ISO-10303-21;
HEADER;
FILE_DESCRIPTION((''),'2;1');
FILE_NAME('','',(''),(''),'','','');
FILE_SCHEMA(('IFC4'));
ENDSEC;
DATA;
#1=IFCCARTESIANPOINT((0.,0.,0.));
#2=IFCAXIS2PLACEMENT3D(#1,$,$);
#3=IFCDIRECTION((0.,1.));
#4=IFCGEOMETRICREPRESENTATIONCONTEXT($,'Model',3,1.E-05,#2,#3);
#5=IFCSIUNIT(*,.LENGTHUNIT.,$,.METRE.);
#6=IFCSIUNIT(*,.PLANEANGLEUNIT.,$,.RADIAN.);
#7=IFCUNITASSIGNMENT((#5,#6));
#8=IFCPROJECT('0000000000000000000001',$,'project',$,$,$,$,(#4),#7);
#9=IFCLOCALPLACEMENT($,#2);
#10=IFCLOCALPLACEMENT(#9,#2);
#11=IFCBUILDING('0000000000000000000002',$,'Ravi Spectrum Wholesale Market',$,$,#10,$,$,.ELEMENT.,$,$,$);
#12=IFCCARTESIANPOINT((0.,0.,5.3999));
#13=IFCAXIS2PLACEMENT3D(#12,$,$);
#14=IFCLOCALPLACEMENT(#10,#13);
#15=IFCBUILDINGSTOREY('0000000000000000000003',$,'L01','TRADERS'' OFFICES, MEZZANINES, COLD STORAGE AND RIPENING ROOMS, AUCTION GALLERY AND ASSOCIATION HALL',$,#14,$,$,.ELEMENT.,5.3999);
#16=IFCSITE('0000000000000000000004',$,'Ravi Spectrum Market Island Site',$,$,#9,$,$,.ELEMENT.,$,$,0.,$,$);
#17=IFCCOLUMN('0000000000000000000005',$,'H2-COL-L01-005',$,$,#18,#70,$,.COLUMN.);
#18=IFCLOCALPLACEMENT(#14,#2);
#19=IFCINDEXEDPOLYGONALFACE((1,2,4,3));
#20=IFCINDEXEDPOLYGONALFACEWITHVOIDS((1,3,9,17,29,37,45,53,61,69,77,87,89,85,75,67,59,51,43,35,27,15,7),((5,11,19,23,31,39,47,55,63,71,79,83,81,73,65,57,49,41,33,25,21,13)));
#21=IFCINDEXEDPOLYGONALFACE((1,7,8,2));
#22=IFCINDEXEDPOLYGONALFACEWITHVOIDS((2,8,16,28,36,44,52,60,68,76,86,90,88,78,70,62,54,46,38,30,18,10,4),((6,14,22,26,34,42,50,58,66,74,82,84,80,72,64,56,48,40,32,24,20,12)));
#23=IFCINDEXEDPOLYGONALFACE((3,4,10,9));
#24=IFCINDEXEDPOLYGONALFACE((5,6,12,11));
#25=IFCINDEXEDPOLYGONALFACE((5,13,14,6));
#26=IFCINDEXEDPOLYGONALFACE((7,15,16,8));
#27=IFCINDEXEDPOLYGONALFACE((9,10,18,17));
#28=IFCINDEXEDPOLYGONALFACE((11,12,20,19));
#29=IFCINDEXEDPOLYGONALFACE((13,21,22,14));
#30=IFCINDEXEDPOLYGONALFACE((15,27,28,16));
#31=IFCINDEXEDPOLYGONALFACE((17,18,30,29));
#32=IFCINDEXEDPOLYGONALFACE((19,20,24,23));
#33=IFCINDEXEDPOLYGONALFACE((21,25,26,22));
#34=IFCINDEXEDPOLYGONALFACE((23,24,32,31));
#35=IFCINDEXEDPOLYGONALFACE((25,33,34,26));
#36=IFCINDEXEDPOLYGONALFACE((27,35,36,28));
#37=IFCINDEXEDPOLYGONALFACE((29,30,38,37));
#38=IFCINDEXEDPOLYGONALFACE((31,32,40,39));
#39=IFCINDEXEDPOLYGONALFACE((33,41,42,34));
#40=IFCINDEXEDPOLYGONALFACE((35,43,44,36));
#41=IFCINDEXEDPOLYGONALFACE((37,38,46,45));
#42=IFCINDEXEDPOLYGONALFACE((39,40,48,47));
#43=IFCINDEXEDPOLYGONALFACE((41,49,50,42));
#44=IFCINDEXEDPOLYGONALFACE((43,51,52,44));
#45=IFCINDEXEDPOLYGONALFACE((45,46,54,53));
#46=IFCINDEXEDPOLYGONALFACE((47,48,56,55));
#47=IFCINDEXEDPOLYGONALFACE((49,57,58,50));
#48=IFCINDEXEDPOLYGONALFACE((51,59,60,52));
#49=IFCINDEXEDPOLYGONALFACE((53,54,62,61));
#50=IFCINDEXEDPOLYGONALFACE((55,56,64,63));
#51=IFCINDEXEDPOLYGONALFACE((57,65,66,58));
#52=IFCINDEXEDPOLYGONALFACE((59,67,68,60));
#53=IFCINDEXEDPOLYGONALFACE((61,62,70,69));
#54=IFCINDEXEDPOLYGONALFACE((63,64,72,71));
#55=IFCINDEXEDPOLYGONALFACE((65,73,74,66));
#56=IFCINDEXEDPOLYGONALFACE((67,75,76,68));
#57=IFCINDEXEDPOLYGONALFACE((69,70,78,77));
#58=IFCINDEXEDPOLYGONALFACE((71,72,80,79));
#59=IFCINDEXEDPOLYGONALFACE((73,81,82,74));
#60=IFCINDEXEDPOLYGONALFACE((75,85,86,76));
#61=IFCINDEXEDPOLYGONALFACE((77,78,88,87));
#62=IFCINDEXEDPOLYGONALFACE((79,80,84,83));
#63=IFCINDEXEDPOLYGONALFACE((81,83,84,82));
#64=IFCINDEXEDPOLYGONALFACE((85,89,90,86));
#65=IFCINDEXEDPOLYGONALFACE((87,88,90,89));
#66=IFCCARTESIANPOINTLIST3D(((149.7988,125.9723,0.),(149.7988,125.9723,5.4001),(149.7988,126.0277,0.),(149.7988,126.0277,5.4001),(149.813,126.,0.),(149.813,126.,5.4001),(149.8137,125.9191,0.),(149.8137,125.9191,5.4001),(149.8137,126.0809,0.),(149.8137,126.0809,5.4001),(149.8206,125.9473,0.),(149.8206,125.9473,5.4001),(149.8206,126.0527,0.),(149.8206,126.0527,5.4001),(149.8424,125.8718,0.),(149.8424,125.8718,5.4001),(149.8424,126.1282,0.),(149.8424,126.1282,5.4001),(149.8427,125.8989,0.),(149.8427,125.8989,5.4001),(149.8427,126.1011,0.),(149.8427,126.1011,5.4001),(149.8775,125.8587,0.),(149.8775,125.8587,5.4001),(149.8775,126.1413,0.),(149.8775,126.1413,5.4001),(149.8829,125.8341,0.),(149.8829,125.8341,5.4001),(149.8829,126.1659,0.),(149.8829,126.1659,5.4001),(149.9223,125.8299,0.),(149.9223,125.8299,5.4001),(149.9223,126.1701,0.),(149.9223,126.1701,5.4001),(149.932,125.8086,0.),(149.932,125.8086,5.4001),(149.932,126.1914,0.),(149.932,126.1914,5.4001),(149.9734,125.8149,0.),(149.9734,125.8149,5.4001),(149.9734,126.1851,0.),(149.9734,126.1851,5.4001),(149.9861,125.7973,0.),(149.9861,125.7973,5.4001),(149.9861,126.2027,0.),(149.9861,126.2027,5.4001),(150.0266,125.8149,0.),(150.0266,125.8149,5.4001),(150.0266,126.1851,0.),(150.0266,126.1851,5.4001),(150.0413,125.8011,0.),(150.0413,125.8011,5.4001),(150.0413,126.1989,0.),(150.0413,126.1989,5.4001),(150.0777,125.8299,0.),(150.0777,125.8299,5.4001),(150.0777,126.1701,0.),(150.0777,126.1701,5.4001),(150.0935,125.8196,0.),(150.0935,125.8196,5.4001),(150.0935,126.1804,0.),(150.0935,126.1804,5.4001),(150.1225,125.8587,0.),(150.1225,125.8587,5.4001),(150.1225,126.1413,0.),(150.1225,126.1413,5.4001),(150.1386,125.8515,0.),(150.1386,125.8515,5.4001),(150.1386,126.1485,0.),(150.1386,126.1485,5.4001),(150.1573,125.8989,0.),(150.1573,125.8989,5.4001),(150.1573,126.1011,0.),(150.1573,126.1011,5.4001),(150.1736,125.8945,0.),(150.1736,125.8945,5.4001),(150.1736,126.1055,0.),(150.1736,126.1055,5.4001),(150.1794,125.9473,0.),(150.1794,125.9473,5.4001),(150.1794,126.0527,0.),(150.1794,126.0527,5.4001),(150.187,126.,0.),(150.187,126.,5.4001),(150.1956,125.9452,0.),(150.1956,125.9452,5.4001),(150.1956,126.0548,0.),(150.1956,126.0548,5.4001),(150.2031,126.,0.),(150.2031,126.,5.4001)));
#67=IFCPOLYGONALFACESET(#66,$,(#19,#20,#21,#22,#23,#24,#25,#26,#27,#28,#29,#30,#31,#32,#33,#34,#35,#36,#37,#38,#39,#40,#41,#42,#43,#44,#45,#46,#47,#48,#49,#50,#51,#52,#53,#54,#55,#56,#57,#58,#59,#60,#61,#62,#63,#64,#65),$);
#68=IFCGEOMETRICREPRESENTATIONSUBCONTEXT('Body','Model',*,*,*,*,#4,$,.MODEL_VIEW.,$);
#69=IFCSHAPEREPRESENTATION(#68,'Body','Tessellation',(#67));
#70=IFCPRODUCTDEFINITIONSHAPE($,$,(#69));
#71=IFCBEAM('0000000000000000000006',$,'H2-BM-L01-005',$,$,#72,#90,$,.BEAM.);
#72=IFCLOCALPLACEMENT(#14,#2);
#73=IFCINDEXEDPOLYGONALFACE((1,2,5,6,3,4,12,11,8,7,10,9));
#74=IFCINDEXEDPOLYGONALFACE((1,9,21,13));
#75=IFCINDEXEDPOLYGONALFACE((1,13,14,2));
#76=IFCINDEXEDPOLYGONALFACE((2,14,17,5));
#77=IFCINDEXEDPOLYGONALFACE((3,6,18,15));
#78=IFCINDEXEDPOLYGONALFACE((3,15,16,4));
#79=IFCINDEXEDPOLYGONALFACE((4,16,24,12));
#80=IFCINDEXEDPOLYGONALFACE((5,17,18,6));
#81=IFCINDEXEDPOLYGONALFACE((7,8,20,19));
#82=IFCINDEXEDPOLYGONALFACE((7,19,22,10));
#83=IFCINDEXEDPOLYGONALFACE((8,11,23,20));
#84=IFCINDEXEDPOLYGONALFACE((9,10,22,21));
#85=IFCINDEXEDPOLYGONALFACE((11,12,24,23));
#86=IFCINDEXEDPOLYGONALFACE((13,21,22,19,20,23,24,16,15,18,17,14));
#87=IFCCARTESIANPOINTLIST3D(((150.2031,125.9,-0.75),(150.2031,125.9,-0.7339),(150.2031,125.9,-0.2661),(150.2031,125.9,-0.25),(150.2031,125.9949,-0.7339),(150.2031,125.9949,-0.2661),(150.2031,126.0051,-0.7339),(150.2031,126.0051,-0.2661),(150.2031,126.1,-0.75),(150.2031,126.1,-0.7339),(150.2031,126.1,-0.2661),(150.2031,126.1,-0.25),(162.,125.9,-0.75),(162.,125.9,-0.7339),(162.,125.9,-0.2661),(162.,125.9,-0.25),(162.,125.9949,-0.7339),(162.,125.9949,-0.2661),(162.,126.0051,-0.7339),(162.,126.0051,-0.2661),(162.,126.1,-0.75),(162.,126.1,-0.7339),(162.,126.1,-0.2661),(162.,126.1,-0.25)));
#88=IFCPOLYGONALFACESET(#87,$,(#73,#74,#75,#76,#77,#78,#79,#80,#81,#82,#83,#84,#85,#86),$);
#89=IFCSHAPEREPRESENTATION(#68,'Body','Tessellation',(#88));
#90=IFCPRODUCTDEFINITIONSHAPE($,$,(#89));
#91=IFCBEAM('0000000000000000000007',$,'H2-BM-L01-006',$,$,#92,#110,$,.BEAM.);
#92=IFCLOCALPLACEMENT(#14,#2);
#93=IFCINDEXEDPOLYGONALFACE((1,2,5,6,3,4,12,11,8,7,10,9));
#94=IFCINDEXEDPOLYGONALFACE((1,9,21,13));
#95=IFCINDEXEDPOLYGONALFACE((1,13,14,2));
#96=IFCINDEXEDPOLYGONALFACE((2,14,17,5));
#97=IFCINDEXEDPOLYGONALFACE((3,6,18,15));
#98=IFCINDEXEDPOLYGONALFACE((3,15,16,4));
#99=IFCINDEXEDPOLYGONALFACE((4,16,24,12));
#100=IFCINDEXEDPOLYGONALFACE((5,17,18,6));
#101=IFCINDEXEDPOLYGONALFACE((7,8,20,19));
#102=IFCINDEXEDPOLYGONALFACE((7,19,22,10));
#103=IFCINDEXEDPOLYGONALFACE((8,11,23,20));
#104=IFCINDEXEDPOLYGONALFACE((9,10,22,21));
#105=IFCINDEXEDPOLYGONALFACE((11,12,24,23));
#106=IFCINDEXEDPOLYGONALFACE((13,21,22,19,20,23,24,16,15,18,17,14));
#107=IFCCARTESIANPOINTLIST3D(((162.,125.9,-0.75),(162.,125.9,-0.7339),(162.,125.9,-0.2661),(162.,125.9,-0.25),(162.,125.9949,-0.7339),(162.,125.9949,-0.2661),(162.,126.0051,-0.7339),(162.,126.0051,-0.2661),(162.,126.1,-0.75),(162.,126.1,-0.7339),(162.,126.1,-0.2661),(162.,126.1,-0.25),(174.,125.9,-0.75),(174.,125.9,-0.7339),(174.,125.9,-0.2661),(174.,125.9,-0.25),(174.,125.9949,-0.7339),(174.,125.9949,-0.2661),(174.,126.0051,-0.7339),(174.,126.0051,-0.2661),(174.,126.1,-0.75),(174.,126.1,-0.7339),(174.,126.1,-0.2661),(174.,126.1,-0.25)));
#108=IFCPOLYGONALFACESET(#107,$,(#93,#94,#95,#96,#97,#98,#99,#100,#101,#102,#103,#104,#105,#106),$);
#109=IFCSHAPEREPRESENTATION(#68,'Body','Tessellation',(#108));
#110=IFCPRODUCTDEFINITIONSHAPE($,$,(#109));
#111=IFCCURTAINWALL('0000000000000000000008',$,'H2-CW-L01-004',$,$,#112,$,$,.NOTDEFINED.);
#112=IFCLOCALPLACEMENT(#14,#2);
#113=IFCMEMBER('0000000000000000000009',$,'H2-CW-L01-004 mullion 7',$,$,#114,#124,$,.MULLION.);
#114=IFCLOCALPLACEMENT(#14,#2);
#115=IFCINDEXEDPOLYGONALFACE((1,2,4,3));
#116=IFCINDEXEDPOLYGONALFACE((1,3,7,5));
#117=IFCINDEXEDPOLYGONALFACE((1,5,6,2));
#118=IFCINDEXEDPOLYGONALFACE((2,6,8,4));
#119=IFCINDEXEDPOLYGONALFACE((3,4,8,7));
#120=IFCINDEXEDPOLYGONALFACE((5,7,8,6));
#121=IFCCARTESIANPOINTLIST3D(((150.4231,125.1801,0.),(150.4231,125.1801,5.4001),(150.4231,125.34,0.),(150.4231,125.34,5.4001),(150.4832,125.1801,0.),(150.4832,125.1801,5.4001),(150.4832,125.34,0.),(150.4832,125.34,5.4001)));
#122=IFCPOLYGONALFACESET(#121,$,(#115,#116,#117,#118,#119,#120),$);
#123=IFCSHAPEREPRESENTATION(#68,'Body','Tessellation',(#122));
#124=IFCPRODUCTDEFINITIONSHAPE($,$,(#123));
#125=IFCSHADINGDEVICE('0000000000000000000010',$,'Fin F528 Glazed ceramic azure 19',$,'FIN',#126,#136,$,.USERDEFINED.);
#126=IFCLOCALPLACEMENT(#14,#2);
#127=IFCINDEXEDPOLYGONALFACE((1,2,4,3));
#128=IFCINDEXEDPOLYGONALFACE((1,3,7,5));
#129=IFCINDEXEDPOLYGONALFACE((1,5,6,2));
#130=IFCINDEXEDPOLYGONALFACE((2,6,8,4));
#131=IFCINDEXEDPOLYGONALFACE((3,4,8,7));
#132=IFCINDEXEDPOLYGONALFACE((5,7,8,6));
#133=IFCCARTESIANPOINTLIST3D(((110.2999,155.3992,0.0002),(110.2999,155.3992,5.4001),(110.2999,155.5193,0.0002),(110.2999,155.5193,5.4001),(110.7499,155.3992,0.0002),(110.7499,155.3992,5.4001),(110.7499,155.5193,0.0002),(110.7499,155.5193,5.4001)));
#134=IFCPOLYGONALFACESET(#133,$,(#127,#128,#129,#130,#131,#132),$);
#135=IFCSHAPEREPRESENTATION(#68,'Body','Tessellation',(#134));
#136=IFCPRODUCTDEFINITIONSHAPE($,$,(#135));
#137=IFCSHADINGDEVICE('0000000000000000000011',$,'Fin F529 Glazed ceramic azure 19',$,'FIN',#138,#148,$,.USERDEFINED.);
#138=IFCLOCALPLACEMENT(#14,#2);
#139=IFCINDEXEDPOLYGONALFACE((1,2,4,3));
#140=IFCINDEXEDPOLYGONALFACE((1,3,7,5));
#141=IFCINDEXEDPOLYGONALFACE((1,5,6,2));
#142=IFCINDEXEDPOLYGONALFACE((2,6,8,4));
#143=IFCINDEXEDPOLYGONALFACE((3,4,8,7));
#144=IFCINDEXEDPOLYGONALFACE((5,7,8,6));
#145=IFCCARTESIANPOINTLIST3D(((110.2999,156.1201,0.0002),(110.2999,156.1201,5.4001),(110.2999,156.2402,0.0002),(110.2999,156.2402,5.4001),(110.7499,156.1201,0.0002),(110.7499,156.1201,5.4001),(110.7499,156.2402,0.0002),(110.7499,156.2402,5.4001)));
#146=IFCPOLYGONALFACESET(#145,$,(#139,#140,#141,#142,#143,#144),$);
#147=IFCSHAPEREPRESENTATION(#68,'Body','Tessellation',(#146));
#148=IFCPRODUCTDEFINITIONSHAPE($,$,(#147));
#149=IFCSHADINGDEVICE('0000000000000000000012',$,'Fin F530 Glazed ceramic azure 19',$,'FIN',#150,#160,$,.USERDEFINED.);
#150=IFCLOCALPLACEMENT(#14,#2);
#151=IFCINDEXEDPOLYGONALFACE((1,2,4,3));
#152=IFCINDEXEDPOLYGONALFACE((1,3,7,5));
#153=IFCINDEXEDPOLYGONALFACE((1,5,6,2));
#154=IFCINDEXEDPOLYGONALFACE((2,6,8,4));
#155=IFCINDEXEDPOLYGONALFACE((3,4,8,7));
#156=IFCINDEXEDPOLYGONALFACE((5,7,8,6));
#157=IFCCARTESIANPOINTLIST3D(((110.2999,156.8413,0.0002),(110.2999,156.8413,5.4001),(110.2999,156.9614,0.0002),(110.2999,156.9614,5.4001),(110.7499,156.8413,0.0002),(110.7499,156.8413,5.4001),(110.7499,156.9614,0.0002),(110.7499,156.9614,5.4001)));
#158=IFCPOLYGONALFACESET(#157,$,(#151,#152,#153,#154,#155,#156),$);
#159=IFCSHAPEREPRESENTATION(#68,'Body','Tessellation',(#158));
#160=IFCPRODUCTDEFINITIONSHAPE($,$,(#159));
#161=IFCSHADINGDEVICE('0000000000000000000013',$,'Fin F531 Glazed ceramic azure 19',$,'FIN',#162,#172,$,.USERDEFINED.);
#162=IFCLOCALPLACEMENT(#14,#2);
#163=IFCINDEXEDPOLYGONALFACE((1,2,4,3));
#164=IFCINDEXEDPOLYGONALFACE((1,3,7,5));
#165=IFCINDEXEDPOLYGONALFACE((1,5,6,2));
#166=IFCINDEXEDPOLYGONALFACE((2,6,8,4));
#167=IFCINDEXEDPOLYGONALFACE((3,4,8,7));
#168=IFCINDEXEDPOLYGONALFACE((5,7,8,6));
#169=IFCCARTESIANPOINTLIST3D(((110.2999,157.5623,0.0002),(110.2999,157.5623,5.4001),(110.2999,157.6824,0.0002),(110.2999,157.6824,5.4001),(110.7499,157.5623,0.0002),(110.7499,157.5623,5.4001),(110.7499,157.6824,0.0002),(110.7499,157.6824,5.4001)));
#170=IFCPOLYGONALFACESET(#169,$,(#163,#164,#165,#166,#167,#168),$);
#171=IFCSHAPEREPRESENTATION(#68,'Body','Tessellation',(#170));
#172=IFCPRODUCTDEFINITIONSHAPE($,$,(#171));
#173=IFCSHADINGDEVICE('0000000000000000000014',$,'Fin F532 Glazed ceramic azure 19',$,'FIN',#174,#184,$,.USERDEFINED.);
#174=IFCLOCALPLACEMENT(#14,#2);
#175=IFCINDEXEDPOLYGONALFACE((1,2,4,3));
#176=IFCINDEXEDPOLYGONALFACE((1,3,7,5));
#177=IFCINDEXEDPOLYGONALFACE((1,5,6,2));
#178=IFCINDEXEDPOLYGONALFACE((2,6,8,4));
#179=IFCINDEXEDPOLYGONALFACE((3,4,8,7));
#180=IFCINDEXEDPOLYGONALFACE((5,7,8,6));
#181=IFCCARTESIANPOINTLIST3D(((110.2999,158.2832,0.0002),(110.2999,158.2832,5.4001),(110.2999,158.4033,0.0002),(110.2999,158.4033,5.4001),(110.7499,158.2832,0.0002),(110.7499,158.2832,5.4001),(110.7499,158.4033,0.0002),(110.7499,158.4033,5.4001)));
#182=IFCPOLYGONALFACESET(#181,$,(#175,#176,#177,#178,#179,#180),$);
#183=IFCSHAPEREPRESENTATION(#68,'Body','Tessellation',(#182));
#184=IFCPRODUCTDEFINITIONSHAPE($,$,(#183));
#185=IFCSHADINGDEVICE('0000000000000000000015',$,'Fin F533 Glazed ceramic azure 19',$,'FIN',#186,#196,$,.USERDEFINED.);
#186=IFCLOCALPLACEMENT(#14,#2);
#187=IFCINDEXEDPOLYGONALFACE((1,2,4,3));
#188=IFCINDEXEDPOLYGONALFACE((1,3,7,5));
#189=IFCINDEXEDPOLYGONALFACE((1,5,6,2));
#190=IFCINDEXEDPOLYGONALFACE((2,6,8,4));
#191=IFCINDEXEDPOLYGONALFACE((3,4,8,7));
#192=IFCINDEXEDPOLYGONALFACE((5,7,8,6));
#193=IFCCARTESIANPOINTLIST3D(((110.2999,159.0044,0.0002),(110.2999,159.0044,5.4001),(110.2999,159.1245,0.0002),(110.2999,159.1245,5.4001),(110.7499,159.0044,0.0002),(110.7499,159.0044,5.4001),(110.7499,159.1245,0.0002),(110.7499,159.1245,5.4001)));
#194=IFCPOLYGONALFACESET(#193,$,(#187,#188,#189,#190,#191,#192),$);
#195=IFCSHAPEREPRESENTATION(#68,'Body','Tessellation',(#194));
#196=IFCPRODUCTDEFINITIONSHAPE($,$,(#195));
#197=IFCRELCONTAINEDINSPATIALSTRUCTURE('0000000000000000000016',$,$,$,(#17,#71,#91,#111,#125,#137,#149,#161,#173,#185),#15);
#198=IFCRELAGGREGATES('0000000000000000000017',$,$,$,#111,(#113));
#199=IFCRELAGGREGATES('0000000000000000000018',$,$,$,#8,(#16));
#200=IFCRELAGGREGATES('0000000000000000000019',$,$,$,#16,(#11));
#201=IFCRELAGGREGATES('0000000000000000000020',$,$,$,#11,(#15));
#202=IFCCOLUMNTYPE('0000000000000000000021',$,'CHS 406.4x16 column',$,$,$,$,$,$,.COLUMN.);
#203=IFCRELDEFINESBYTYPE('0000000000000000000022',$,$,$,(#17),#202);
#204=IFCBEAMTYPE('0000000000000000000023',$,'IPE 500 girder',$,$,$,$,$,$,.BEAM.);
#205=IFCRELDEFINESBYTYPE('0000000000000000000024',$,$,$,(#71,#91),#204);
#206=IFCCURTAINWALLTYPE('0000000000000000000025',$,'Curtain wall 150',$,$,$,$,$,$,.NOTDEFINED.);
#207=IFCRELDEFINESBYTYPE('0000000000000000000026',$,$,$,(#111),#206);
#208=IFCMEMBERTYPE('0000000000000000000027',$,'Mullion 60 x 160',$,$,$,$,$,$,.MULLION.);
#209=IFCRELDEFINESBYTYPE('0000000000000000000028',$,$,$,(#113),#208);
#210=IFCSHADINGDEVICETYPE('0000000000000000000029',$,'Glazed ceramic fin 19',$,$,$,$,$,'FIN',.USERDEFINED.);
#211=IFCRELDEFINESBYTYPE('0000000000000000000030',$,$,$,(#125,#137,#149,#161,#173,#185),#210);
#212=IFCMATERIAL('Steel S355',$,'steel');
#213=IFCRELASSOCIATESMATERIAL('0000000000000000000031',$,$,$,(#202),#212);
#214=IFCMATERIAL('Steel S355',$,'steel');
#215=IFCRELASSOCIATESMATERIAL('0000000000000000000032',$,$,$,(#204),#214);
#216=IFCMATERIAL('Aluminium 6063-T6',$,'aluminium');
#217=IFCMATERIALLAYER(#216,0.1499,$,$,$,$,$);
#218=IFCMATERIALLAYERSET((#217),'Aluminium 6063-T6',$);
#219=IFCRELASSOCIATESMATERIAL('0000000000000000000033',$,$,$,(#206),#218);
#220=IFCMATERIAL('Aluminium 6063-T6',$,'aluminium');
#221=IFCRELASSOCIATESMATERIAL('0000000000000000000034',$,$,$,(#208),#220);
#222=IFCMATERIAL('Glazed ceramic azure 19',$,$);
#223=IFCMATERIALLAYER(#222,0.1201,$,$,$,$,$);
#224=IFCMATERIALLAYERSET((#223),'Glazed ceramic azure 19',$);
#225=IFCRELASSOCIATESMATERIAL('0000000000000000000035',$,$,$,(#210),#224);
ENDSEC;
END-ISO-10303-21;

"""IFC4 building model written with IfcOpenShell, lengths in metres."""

from ifc_helpers import new_model, si_unit, direction, frame, origin, origin_2d, place, context, subcontext, project, spatial, rectangle, hollow_circle, i_section, extrude, material, layer, layer_set, material_profile, profile_set, type_object, element, aggregate, save


model = new_model("IFC4")

# Units and contexts
model_context = context("Model", 3, precision=1e-05, world=origin(), true_north=direction((0.0, 1.0)))
body_context = subcontext(model_context, "Body", "Model", "MODEL_VIEW")
ifc_project = project(units=[si_unit("LENGTHUNIT", "METRE"), si_unit("PLANEANGLEUNIT", "RADIAN")], contexts=[model_context])

# Site, building, storey
site_placement = place(None, origin())
site = spatial("IfcSite", under=ifc_project, at=site_placement, Name="Ravi Spectrum Market Island Site", CompositionType="ELEMENT", RefElevation=0.0)
building_placement = place(site_placement, origin())
building = spatial("IfcBuilding", under=site, at=building_placement, Name="Ravi Spectrum Wholesale Market", CompositionType="ELEMENT")
storey_placement = place(building_placement, frame((0.0, 0.0, 5.3999)))
storey = spatial("IfcBuildingStorey", under=building, at=storey_placement, Name="L01", Description="TRADERS' OFFICES, MEZZANINES, COLD STORAGE AND RIPENING ROOMS, AUCTION GALLERY AND ASSOCIATION HALL", CompositionType="ELEMENT", Elevation=5.3999)

# Column
ifc_material_1 = material(Name="Steel S355", Category="steel")
ifc_material_profile_1 = material_profile(ifc_material_1, hollow_circle(Radius=0.2031, WallThickness=0.0161, at=origin_2d()))
ifc_profile_set_1 = profile_set([ifc_material_profile_1], Name="Steel S355")
column_type = type_object("IfcColumnType", Name="CHS 406.4x16 column", PredefinedType="COLUMN", material=ifc_profile_set_1)
column_placement = place(storey_placement, frame((150.0, 126.0, 0.0), z_axis=(0.0, 0.0, 1.0), x_axis=(1.0, 0.0, 0.0)))
element("IfcColumn", 1, at=column_placement, inside=storey, type_object=column_type, Name="H2-COL-L01-005", PredefinedType="COLUMN", context=body_context, shape_type="SweptSolid", body=[
    extrude(hollow_circle(Radius=0.2031, WallThickness=0.0161, at=origin_2d()), origin(), (0.0, 0.0, 1.0), 5.4001),
])

# Beams
ifc_material_2 = material(Name="Steel S355", Category="steel")
ifc_material_profile_2 = material_profile(ifc_material_2, i_section(OverallWidth=0.2, OverallDepth=0.5, WebThickness=0.0103, FlangeThickness=0.0161, at=origin_2d()))
ifc_profile_set_2 = profile_set([ifc_material_profile_2], Name="Steel S355")
beam_type = type_object("IfcBeamType", Name="IPE 500 girder", PredefinedType="BEAM", material=ifc_profile_set_2)
beam_1_placement = place(storey_placement, frame((150.2031, 126.0, -0.5), z_axis=(1.0, 0.0, 0.0), x_axis=(0.0, 1.0, 0.0)))
element("IfcBeam", 2, at=beam_1_placement, inside=storey, type_object=beam_type, Name="H2-BM-L01-005", PredefinedType="BEAM", context=body_context, shape_type="SweptSolid", body=[
    extrude(i_section(OverallWidth=0.2, OverallDepth=0.5, WebThickness=0.0103, FlangeThickness=0.0161, at=origin_2d()), origin(), (0.0, 0.0, 1.0), 11.7969),
])
beam_2_placement = place(storey_placement, frame((162.0, 126.0, -0.5), z_axis=(1.0, 0.0, 0.0), x_axis=(0.0, 1.0, 0.0)))
element("IfcBeam", 3, at=beam_2_placement, inside=storey, type_object=beam_type, Name="H2-BM-L01-006", PredefinedType="BEAM", context=body_context, shape_type="SweptSolid", body=[
    extrude(i_section(OverallWidth=0.2, OverallDepth=0.5, WebThickness=0.0103, FlangeThickness=0.0161, at=origin_2d()), origin(), (0.0, 0.0, 1.0), 12.0),
])

# Curtain wall, member
ifc_material_3 = material(Name="Aluminium 6063-T6", Category="aluminium")
ifc_layer_1 = layer(ifc_material_3, 0.1499)
ifc_layer_set_1 = layer_set([ifc_layer_1], Name="Aluminium 6063-T6")
curtain_wall_type = type_object("IfcCurtainWallType", Name="Curtain wall 150", PredefinedType="NOTDEFINED", material=ifc_layer_set_1)
curtain_wall_placement = place(storey_placement, origin())
curtain_wall = element("IfcCurtainWall", 4, at=curtain_wall_placement, inside=storey, type_object=curtain_wall_type, Name="H2-CW-L01-004", PredefinedType="NOTDEFINED")
ifc_material_4 = material(Name="Aluminium 6063-T6", Category="aluminium")
ifc_material_profile_3 = material_profile(ifc_material_4, rectangle(XDim=0.0601, YDim=0.1599, at=origin_2d()))
ifc_profile_set_3 = profile_set([ifc_material_profile_3], Name="Aluminium 6063-T6")
member_type = type_object("IfcMemberType", Name="Mullion 60 x 160", PredefinedType="MULLION", material=ifc_profile_set_3)
member_placement = place(storey_placement, frame((150.4531, 125.26, 0.0), z_axis=(0.0, 0.0, 1.0), x_axis=(-1.0, 0.0, 0.0)))
member = element("IfcMember", 5, at=member_placement, type_object=member_type, Name="H2-CW-L01-004 mullion 7", PredefinedType="MULLION", context=body_context, shape_type="SweptSolid", body=[
    extrude(rectangle(XDim=0.0601, YDim=0.1599, at=origin_2d()), origin(), (0.0, 0.0, 1.0), 5.4001),
])
aggregate(curtain_wall, [member])

# Shading devices
ifc_material_5 = material(Name="Glazed ceramic azure 19")
ifc_layer_2 = layer(ifc_material_5, 0.1201)
ifc_layer_set_2 = layer_set([ifc_layer_2], Name="Glazed ceramic azure 19")
shading_device_type_1 = type_object("IfcShadingDeviceType", Name="Glazed ceramic fin 19", ElementType="FIN", PredefinedType="USERDEFINED", material=ifc_layer_set_2)
for number, where, z_axis, x_axis, name in (
    (6, (110.5249, 155.4592, 0.0002), (0.0, 0.0, 1.0), (0.0, 1.0, 0.0), "Fin F528 Glazed ceramic azure 19"),
    (7, (110.5249, 156.1802, 0.0002), (0.0, 0.0, 1.0), (0.0, 1.0, 0.0), "Fin F529 Glazed ceramic azure 19"),
    (8, (110.5249, 156.9014, 0.0002), (0.0, 0.0, 1.0), (0.0, 1.0, 0.0), "Fin F530 Glazed ceramic azure 19"),
    (9, (110.5249, 157.6223, 0.0002), (0.0, 0.0, 1.0), (0.0, 1.0, 0.0), "Fin F531 Glazed ceramic azure 19"),
    (10, (110.5249, 158.3433, 0.0002), (0.0, 0.0, 1.0), (0.0, 1.0, 0.0), "Fin F532 Glazed ceramic azure 19"),
    (11, (110.5249, 159.0645, 0.0002), (0.0, 0.0, 1.0), (0.0, 1.0, 0.0), "Fin F533 Glazed ceramic azure 19"),
):
    element("IfcShadingDevice", number, at=place(storey_placement, frame(where, z_axis=z_axis, x_axis=x_axis)), inside=storey, type_object=shading_device_type_1, Name=name, ObjectType="FIN", PredefinedType="USERDEFINED", context=body_context, shape_type="SweptSolid", body=[
        extrude(rectangle(XDim=0.1201, YDim=0.45, at=origin_2d()), origin(), (0.0, 0.0, 1.0), 5.3999),
    ])

save(model, "model.ifc")
